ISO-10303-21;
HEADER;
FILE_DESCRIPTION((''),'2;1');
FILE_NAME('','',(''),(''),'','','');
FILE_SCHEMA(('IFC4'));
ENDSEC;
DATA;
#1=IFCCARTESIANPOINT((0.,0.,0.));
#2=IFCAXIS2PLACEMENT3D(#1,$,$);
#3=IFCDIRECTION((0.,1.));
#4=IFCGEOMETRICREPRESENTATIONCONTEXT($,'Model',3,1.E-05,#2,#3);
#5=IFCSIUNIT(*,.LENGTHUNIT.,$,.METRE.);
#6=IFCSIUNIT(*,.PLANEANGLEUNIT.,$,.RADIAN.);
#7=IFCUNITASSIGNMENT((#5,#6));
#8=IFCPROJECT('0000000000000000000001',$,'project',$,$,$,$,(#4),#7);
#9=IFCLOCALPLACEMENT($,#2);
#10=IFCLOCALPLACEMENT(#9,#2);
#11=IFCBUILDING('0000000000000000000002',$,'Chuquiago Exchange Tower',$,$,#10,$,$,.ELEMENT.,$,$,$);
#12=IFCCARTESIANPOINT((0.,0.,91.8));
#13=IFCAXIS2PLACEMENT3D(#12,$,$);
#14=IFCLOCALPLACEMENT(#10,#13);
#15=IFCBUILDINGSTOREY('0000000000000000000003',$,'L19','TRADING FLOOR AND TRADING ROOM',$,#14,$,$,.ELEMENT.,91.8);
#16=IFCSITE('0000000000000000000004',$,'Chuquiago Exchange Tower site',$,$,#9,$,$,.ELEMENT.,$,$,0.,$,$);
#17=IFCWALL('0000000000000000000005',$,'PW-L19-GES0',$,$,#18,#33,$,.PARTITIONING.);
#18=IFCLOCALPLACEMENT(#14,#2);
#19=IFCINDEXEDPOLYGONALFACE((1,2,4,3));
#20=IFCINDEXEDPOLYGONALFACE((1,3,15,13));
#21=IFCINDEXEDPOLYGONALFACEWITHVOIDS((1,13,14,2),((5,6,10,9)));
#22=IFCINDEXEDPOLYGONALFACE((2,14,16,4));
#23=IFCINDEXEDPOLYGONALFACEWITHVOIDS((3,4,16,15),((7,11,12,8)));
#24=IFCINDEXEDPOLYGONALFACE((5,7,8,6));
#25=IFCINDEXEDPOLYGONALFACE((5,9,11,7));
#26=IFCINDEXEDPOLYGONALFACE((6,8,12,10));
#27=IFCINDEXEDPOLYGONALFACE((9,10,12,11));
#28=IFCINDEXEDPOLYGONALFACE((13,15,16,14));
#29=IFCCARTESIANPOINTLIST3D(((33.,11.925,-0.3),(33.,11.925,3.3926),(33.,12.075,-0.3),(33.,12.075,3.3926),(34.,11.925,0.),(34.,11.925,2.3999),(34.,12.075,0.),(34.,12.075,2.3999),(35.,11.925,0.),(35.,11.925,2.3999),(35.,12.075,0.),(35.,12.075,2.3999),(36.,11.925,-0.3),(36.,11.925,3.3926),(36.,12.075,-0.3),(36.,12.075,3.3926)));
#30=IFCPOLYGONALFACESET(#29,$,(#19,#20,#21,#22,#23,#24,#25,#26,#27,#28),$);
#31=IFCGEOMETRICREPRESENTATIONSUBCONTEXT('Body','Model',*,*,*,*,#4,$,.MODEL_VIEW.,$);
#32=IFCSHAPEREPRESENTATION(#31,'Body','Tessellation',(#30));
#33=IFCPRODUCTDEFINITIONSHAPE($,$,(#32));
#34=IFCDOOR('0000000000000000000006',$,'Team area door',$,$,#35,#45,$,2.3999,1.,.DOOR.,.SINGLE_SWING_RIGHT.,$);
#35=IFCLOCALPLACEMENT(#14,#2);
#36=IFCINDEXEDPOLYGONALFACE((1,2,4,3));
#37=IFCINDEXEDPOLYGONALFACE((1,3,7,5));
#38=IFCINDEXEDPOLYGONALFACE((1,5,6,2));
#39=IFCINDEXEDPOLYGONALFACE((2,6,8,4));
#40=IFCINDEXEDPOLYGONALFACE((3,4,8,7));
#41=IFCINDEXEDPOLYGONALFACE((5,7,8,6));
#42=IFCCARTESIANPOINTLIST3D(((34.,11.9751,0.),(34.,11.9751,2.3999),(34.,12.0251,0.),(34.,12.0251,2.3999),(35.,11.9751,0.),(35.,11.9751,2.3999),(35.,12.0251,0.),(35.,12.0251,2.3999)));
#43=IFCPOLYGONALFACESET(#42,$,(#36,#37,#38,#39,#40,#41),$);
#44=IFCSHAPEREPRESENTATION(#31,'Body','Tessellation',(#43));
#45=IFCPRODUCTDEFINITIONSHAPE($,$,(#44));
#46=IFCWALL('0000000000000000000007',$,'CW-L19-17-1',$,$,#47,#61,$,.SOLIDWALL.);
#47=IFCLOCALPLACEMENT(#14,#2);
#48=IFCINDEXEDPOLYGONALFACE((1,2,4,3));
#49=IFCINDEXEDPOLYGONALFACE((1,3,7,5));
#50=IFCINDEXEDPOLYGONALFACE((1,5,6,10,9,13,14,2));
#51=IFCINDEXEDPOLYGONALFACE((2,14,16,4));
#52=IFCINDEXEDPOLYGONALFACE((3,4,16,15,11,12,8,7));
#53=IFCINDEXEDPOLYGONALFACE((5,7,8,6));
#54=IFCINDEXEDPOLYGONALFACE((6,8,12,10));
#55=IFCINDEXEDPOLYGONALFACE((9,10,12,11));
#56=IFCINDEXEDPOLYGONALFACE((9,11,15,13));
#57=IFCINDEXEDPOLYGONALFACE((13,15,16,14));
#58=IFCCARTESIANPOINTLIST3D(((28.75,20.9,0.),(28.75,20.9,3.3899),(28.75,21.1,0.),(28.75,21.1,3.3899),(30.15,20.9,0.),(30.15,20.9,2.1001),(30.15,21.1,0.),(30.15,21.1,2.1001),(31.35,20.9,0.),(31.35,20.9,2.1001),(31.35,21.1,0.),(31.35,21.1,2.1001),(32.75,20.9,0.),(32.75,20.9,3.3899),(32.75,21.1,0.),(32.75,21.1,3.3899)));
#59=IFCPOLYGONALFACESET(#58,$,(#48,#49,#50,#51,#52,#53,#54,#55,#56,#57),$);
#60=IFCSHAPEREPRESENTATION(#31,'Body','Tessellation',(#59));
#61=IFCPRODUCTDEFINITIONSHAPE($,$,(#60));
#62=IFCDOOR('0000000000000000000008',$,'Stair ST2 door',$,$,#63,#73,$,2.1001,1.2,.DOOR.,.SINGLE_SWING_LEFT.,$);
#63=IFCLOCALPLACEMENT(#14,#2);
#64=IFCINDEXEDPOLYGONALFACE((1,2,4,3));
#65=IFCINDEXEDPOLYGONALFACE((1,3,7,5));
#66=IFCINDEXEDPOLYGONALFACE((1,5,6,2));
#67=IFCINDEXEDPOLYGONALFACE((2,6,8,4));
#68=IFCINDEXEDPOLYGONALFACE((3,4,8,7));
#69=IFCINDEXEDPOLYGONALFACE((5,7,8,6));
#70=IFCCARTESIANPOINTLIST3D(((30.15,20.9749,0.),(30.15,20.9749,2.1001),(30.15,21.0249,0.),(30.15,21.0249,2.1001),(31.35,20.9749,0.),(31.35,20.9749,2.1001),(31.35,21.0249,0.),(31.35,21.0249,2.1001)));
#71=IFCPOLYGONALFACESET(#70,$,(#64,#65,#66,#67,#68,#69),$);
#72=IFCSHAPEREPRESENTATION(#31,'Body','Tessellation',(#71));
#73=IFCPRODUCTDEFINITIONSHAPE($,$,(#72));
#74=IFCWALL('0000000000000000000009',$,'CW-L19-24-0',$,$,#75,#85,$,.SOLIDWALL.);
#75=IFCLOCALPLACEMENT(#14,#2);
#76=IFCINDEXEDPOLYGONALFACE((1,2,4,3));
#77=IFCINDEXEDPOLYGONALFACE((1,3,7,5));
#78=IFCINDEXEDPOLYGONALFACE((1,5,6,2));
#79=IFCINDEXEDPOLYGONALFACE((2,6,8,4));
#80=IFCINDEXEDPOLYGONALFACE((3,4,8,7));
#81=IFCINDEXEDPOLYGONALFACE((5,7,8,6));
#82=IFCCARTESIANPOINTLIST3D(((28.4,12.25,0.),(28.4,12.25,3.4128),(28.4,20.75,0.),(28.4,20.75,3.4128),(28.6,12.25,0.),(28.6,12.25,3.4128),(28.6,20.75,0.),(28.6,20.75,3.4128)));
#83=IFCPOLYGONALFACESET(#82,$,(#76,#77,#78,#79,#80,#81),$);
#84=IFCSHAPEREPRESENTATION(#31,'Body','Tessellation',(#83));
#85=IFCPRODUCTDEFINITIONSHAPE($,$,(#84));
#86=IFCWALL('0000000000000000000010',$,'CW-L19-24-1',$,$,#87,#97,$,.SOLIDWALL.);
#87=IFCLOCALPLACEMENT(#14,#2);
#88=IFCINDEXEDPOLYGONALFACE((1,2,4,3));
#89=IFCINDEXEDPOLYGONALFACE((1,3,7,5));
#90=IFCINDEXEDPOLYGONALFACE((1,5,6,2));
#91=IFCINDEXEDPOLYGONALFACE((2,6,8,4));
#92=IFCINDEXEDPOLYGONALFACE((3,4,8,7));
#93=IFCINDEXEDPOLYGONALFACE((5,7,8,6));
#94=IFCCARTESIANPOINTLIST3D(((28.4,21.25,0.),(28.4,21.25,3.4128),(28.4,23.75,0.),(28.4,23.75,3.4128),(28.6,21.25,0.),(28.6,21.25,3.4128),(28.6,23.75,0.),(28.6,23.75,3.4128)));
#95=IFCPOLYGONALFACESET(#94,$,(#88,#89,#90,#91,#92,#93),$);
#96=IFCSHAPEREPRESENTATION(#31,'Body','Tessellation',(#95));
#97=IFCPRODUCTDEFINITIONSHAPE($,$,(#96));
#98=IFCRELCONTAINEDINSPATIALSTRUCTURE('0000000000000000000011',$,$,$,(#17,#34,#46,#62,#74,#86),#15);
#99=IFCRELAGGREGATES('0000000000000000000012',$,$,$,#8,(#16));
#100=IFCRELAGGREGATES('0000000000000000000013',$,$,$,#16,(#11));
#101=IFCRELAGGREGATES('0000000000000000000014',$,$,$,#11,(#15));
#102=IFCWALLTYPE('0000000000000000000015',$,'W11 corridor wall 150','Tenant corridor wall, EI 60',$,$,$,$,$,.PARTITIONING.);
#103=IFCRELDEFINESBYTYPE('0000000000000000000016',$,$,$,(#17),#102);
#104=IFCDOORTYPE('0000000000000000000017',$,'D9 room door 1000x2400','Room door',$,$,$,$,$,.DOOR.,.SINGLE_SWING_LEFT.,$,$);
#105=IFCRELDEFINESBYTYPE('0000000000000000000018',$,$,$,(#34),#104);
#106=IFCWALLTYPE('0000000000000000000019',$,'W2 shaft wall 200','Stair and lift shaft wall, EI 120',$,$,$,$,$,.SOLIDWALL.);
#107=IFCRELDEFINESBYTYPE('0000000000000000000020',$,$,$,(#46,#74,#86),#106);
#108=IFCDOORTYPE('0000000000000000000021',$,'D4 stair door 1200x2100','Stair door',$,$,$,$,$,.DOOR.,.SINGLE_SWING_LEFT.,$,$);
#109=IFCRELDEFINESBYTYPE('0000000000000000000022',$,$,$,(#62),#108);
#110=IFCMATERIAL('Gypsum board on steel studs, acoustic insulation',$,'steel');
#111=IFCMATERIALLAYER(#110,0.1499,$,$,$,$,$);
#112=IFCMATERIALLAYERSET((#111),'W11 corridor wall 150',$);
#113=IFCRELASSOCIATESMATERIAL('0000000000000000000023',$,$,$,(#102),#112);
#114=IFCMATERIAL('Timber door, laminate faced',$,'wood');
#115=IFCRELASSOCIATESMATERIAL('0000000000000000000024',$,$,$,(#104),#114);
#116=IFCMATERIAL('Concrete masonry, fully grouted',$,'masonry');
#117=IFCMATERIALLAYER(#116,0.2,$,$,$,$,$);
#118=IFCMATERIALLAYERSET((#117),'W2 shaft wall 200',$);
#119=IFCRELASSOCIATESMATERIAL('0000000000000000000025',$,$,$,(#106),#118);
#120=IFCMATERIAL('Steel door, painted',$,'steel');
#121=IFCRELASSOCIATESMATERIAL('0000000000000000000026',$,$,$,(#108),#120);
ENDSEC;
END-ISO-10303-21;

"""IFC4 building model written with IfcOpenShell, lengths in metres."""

from ifc_helpers import new_model, si_unit, direction, frame, frame_2d, origin, place, context, subcontext, project, spatial, rectangle, extrude, material, layer, layer_set, type_object, element, fill, save


model = new_model("IFC4")

# Units and contexts
model_context = context("Model", 3, precision=1e-05, world=origin(), true_north=direction((0.0, 1.0)))
body_context = subcontext(model_context, "Body", "Model", "MODEL_VIEW")
ifc_project = project(units=[si_unit("LENGTHUNIT", "METRE"), si_unit("PLANEANGLEUNIT", "RADIAN")], contexts=[model_context])

# Site, building, storey
site_placement = place(None, origin())
site = spatial("IfcSite", under=ifc_project, at=site_placement, Name="Chuquiago Exchange Tower site", CompositionType="ELEMENT", RefElevation=0.0)
building_placement = place(site_placement, origin())
building = spatial("IfcBuilding", under=site, at=building_placement, Name="Chuquiago Exchange Tower", CompositionType="ELEMENT")
storey_placement = place(building_placement, frame((0.0, 0.0, 91.8)))
storey = spatial("IfcBuildingStorey", under=building, at=storey_placement, Name="L19", Description="TRADING FLOOR AND TRADING ROOM", CompositionType="ELEMENT", Elevation=91.8)

# Walls, openings, doors
ifc_material_1 = material(Name="Gypsum board on steel studs, acoustic insulation", Category="steel")
ifc_layer_1 = layer(ifc_material_1, 0.1499)
ifc_layer_set_1 = layer_set([ifc_layer_1], Name="W11 corridor wall 150")
wall_type_1 = type_object("IfcWallType", Name="W11 corridor wall 150", Description="Tenant corridor wall, EI 60", PredefinedType="PARTITIONING", material=ifc_layer_set_1)
wall_1_placement = place(storey_placement, frame((33.0, 12.0, -0.3), z_axis=(0.0, 0.0, 1.0), x_axis=(1.0, 0.0, 0.0)))
wall_1 = element("IfcWall", 1, at=wall_1_placement, inside=storey, type_object=wall_type_1, Name="PW-L19-GES0", PredefinedType="PARTITIONING", context=body_context, shape_type="SweptSolid", body=[
    extrude(rectangle(XDim=3.0, YDim=0.1499, at=frame_2d((1.5, 0.0))), origin(), (0.0, 0.0, 1.0), 3.6926),
])
opening_1_placement = place(wall_1_placement, frame((1.0, 0.0, 0.3)))
opening_1 = element("IfcOpeningElement", 2, at=opening_1_placement, cuts=wall_1, PredefinedType="OPENING", context=body_context, shape_type="SweptSolid", body=[
    extrude(rectangle(XDim=1.0, YDim=2.3999, at=frame_2d((0.5, 1.2))), frame((0.0, 0.085, 0.0), z_axis=(0.0, -1.0, 0.0), x_axis=(1.0, 0.0, 0.0)), (0.0, 0.0, 1.0), 0.1699),
])
ifc_material_2 = material(Name="Timber door, laminate faced", Category="wood")
door_type_1 = type_object("IfcDoorType", Name="D9 room door 1000x2400", Description="Room door", OperationType="SINGLE_SWING_LEFT", PredefinedType="DOOR", material=ifc_material_2)
door_1_placement = place(opening_1_placement, frame((1.0, 0.0, 0.0), z_axis=(0.0, 0.0, 1.0), x_axis=(-1.0, 0.0, 0.0)))
door_1 = element("IfcDoor", 3, at=door_1_placement, inside=storey, type_object=door_type_1, Name="Team area door", OperationType="SINGLE_SWING_RIGHT", OverallHeight=2.3999, OverallWidth=1.0, PredefinedType="DOOR", context=body_context, shape_type="SweptSolid", body=[
    extrude(rectangle(XDim=1.0, YDim=2.3999, at=frame_2d((0.5, 1.2))), frame((0.0, 0.0249, 0.0), z_axis=(0.0, -1.0, 0.0), x_axis=(1.0, 0.0, 0.0)), (0.0, 0.0, 1.0), 0.05),
])
fill(opening_1, door_1)
ifc_material_3 = material(Name="Concrete masonry, fully grouted", Category="masonry")
ifc_layer_2 = layer(ifc_material_3, 0.2)
ifc_layer_set_2 = layer_set([ifc_layer_2], Name="W2 shaft wall 200")
wall_type_2 = type_object("IfcWallType", Name="W2 shaft wall 200", Description="Stair and lift shaft wall, EI 120", PredefinedType="SOLIDWALL", material=ifc_layer_set_2)
wall_2_placement = place(storey_placement, frame((28.75, 21.0, 0.0), z_axis=(0.0, 0.0, 1.0), x_axis=(1.0, 0.0, 0.0)))
wall_2 = element("IfcWall", 4, at=wall_2_placement, inside=storey, type_object=wall_type_2, Name="CW-L19-17-1", PredefinedType="SOLIDWALL", context=body_context, shape_type="SweptSolid", body=[
    extrude(rectangle(XDim=4.0, YDim=0.2, at=frame_2d((2.0, 0.0))), origin(), (0.0, 0.0, 1.0), 3.3899),
])
opening_2_placement = place(wall_2_placement, frame((1.3999, 0.0, 0.0)))
opening_2 = element("IfcOpeningElement", 5, at=opening_2_placement, cuts=wall_2, PredefinedType="OPENING", context=body_context, shape_type="SweptSolid", body=[
    extrude(rectangle(XDim=1.2, YDim=2.1001, at=frame_2d((0.6001, 1.05))), frame((0.0, 0.1099, 0.0), z_axis=(0.0, -1.0, 0.0), x_axis=(1.0, 0.0, 0.0)), (0.0, 0.0, 1.0), 0.22),
])
ifc_material_4 = material(Name="Steel door, painted", Category="steel")
door_type_2 = type_object("IfcDoorType", Name="D4 stair door 1200x2100", Description="Stair door", OperationType="SINGLE_SWING_LEFT", PredefinedType="DOOR", material=ifc_material_4)
door_2_placement = place(opening_2_placement, origin())
door_2 = element("IfcDoor", 6, at=door_2_placement, inside=storey, type_object=door_type_2, Name="Stair ST2 door", OperationType="SINGLE_SWING_LEFT", OverallHeight=2.1001, OverallWidth=1.2, PredefinedType="DOOR", context=body_context, shape_type="SweptSolid", body=[
    extrude(rectangle(XDim=1.2, YDim=2.1001, at=frame_2d((0.6001, 1.05))), frame((0.0, 0.0249, 0.0), z_axis=(0.0, -1.0, 0.0), x_axis=(1.0, 0.0, 0.0)), (0.0, 0.0, 1.0), 0.05),
])
fill(opening_2, door_2)

# Walls
wall_3_placement = place(storey_placement, frame((28.5, 12.25, 0.0), z_axis=(0.0, 0.0, 1.0), x_axis=(0.0, 1.0, 0.0)))
element("IfcWall", 7, at=wall_3_placement, inside=storey, type_object=wall_type_2, Name="CW-L19-24-0", PredefinedType="SOLIDWALL", context=body_context, shape_type="SweptSolid", body=[
    extrude(rectangle(XDim=8.5, YDim=0.2, at=frame_2d((4.25, 0.0))), origin(), (0.0, 0.0, 1.0), 3.4128),
])
wall_4_placement = place(storey_placement, frame((28.5, 21.25, 0.0), z_axis=(0.0, 0.0, 1.0), x_axis=(0.0, 1.0, 0.0)))
element("IfcWall", 8, at=wall_4_placement, inside=storey, type_object=wall_type_2, Name="CW-L19-24-1", PredefinedType="SOLIDWALL", context=body_context, shape_type="SweptSolid", body=[
    extrude(rectangle(XDim=2.5, YDim=0.2, at=frame_2d((1.25, 0.0))), origin(), (0.0, 0.0, 1.0), 3.4128),
])

save(model, "model.ifc")
